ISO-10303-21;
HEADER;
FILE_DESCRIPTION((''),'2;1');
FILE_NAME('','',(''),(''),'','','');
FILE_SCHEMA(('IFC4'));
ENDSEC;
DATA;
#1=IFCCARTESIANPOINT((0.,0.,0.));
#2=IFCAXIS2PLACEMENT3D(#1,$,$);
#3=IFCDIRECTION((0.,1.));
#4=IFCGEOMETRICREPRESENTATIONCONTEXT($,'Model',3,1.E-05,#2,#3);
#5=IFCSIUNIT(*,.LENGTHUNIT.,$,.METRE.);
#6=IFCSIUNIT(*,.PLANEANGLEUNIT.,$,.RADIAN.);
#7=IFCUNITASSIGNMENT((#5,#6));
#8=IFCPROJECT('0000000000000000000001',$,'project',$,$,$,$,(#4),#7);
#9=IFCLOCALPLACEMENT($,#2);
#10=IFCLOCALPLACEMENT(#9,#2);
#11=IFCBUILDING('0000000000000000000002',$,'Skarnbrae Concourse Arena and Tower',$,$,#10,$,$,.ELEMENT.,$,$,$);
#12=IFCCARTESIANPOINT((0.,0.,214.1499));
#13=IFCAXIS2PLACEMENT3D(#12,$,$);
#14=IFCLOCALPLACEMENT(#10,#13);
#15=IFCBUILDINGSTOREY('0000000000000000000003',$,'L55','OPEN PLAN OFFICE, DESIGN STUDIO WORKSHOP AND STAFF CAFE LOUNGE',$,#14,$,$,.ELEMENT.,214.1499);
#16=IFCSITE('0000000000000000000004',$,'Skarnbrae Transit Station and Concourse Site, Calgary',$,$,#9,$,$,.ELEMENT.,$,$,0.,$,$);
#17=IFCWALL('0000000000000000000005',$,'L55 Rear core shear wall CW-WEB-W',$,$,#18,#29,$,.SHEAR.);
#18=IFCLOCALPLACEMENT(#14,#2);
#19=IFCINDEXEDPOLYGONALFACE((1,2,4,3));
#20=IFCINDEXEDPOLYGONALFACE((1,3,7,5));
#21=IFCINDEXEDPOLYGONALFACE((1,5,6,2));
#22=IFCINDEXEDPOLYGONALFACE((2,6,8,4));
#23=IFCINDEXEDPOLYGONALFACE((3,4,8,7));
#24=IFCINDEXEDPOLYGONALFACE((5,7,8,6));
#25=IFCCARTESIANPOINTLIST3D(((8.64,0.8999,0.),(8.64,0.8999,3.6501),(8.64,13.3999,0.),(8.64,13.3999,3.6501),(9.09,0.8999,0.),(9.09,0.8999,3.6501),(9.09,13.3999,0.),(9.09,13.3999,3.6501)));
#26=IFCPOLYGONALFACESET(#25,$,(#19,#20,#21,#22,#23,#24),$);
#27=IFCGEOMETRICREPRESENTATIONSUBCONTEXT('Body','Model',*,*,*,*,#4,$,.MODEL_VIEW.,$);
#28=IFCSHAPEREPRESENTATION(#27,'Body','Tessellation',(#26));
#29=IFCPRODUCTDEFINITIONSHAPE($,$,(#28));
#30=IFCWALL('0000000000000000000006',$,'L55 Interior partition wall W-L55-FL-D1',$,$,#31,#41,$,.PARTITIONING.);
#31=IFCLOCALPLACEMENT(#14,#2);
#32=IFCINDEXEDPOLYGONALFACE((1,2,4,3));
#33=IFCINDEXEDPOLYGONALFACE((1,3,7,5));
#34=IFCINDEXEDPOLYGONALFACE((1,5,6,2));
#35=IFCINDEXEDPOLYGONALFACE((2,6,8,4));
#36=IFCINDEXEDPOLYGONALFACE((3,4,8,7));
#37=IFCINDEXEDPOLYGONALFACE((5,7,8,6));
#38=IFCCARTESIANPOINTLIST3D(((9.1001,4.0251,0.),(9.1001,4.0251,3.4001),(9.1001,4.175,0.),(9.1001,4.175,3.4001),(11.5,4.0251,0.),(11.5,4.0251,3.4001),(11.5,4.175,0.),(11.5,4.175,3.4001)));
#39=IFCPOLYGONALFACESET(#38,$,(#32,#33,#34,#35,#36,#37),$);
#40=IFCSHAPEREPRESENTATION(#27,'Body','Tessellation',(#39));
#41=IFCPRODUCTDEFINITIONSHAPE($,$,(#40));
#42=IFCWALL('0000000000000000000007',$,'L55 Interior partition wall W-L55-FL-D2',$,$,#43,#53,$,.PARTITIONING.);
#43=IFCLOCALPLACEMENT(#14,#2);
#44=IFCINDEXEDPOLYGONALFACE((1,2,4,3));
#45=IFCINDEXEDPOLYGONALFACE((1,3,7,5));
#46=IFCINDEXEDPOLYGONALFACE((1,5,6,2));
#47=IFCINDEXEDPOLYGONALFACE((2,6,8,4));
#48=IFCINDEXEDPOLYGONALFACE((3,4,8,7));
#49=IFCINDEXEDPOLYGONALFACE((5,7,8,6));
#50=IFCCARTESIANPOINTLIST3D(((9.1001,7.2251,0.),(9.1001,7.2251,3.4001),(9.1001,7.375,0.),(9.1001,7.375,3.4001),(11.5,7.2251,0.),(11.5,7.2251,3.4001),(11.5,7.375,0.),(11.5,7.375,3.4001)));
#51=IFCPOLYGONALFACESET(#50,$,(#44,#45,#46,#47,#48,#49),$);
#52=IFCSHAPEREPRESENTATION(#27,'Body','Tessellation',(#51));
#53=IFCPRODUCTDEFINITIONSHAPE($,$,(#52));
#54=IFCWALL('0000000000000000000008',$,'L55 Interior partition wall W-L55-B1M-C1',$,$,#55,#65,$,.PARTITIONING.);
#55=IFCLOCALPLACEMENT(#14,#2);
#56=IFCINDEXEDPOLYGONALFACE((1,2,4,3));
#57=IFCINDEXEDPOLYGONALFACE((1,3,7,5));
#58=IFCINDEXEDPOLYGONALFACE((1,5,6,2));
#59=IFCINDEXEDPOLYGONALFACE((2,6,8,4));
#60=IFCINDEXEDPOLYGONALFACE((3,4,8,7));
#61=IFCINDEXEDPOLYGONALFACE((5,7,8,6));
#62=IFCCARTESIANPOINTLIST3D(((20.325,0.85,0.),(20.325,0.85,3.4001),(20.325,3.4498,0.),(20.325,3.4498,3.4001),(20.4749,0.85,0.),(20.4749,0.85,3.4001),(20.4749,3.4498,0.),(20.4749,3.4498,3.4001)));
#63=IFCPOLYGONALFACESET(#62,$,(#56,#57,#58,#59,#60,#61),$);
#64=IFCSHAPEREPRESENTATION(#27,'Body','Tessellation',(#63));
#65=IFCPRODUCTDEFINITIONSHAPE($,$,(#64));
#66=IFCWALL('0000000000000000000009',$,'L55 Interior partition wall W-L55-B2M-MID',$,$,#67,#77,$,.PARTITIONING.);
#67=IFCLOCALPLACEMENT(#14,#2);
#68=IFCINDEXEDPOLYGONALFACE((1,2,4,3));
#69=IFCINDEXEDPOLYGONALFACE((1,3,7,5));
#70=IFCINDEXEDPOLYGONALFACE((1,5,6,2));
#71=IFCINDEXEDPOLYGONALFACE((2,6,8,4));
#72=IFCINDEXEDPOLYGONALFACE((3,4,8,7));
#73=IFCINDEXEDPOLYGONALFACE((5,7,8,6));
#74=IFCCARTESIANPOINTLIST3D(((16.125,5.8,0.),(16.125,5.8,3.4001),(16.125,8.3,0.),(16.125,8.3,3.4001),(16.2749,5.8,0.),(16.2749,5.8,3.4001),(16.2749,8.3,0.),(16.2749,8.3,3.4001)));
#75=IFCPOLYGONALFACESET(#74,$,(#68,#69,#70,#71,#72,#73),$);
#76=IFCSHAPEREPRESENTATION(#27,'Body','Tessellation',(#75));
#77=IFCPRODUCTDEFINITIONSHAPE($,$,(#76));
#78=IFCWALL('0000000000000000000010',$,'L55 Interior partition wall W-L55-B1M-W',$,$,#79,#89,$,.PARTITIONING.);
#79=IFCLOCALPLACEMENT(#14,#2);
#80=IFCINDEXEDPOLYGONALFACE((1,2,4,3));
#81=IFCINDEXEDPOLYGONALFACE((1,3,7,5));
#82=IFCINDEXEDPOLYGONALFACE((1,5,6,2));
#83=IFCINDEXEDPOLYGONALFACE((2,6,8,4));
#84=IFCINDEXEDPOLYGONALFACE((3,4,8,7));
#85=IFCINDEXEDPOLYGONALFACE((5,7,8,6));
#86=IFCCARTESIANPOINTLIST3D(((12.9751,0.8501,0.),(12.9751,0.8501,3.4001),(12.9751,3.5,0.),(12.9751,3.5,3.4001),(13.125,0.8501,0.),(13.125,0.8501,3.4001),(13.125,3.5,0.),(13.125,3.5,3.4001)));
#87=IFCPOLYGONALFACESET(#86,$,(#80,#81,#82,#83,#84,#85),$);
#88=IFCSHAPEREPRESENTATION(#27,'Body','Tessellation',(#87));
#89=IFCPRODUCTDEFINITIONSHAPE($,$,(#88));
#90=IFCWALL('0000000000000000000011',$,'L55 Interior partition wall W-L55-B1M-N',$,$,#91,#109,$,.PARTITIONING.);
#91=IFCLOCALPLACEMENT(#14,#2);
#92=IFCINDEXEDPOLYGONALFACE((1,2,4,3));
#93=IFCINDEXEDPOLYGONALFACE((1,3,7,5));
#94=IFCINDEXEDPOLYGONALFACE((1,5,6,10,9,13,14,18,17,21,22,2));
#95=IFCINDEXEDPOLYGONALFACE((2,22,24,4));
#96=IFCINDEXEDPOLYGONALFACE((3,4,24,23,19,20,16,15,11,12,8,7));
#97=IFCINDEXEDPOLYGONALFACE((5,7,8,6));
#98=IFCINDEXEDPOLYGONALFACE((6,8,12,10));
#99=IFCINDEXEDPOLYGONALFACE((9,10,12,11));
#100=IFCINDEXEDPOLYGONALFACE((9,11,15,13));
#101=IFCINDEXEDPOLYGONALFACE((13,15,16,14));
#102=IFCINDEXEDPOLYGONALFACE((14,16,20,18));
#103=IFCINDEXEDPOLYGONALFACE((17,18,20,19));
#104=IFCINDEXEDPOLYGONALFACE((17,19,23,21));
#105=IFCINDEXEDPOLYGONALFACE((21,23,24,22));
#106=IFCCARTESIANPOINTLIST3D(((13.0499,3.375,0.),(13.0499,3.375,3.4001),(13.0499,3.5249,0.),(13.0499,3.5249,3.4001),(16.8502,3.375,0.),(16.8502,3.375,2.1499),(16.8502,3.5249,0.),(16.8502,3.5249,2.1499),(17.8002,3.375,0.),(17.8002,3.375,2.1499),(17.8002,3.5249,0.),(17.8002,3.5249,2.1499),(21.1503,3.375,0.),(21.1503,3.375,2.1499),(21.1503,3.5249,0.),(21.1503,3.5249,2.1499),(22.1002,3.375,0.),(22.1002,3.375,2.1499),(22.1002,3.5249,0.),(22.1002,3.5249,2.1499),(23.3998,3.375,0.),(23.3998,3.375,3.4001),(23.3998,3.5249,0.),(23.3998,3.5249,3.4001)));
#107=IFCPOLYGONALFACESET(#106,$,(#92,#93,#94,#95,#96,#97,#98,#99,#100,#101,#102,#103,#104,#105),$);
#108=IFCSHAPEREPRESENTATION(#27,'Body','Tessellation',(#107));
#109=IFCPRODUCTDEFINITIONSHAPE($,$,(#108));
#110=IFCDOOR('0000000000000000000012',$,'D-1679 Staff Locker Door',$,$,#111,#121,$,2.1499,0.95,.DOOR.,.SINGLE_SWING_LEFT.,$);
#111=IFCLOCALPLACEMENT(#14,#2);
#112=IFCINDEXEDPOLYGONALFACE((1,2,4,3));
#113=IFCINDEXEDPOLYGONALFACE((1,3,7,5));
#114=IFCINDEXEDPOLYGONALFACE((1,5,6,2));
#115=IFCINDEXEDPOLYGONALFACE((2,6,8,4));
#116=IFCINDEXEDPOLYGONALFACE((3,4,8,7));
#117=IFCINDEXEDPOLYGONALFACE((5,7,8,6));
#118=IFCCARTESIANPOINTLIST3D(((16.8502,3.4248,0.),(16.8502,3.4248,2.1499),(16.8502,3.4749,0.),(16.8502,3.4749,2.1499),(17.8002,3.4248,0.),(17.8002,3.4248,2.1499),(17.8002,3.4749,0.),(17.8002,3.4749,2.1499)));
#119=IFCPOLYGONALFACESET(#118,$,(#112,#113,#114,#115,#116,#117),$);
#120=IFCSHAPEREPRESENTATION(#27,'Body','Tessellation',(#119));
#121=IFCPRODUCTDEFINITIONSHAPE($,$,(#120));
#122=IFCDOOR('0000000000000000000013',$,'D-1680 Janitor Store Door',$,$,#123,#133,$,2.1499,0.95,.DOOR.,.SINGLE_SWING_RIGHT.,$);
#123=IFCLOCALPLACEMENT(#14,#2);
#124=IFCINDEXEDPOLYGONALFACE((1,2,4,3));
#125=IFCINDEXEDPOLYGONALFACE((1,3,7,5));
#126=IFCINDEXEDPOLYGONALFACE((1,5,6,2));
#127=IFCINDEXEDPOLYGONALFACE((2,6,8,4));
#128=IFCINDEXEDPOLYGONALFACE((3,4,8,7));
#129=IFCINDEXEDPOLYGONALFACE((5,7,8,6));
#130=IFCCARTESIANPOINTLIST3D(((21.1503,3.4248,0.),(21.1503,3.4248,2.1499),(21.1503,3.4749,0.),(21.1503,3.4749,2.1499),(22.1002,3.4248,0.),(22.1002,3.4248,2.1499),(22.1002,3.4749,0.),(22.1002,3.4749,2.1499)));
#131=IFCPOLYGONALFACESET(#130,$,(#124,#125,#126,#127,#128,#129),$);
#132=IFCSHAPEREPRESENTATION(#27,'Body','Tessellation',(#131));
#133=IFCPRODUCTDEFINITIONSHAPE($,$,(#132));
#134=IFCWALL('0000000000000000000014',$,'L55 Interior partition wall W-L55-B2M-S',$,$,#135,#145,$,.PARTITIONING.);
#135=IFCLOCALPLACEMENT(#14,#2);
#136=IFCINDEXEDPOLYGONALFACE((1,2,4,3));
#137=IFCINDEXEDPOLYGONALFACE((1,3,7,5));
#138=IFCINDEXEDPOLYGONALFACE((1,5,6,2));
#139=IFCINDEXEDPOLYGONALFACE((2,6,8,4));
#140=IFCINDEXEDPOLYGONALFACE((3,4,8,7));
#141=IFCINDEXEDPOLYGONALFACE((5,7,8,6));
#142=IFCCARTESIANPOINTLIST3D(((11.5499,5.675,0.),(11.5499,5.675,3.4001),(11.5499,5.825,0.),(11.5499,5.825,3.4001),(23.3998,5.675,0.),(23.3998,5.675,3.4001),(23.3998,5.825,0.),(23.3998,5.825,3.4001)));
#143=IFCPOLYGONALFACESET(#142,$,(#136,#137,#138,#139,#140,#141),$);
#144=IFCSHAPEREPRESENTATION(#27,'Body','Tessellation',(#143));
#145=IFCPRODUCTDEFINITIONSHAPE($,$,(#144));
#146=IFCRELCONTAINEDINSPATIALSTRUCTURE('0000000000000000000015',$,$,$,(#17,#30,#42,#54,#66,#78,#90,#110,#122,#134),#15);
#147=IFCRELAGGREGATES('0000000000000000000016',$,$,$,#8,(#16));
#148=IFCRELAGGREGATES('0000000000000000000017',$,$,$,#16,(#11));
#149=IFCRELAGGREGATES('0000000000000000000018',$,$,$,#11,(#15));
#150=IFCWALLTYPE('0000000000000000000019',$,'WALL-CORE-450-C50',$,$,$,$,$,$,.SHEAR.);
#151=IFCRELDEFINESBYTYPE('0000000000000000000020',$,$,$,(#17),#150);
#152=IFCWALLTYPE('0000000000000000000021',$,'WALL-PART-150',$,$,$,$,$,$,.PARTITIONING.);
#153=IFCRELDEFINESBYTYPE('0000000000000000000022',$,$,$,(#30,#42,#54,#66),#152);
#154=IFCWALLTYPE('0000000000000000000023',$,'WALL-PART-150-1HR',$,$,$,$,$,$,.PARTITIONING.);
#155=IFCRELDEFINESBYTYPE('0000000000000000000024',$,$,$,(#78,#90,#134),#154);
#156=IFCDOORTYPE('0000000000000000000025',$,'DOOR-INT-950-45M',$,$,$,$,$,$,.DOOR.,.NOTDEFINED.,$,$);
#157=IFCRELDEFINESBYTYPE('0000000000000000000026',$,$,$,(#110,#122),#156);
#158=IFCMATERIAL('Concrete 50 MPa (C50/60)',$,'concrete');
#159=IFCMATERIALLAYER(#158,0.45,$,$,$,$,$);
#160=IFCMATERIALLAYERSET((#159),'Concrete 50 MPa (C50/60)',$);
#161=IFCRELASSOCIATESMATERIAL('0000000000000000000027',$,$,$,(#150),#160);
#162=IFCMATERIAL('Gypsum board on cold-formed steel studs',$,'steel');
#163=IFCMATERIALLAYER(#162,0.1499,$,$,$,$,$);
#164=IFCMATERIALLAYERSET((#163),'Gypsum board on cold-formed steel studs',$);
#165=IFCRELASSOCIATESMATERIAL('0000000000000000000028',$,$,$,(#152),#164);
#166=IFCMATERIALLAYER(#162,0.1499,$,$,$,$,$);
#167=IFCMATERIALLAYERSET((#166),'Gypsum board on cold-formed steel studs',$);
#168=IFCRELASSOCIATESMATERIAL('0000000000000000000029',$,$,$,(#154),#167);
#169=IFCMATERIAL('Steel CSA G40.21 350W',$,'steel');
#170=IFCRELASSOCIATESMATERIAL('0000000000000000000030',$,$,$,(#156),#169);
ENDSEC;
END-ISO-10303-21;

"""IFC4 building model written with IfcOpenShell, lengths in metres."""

from ifc_helpers import new_model, si_unit, direction, frame, frame_2d, origin, place, context, subcontext, project, spatial, rectangle, extrude, source, transform, mapped, material, layer, layer_set, type_object, element, fill, save


model = new_model("IFC4")

# Units and contexts
model_context = context("Model", 3, precision=1e-05, world=origin(), true_north=direction((0.0, 1.0)))
body_context = subcontext(model_context, "Body", "Model", "MODEL_VIEW")
ifc_project = project(units=[si_unit("LENGTHUNIT", "METRE"), si_unit("PLANEANGLEUNIT", "RADIAN")], contexts=[model_context])

# Site, building, storey
site_placement = place(None, origin())
site = spatial("IfcSite", under=ifc_project, at=site_placement, Name="Skarnbrae Transit Station and Concourse Site, Calgary", CompositionType="ELEMENT", RefElevation=0.0)
building_placement = place(site_placement, origin())
building = spatial("IfcBuilding", under=site, at=building_placement, Name="Skarnbrae Concourse Arena and Tower", CompositionType="ELEMENT")
storey_placement = place(building_placement, frame((0.0, 0.0, 214.1499)))
storey = spatial("IfcBuildingStorey", under=building, at=storey_placement, Name="L55", Description="OPEN PLAN OFFICE, DESIGN STUDIO WORKSHOP AND STAFF CAFE LOUNGE", CompositionType="ELEMENT", Elevation=214.1499)

# Wall
ifc_material_1 = material(Name="Concrete 50 MPa (C50/60)", Category="concrete")
ifc_layer_1 = layer(ifc_material_1, 0.45)
ifc_layer_set_1 = layer_set([ifc_layer_1], Name="Concrete 50 MPa (C50/60)")
wall_type_1 = type_object("IfcWallType", Name="WALL-CORE-450-C50", PredefinedType="SHEAR", material=ifc_layer_set_1)
shared_shape_1 = source(origin(), body_context, "Body", "SweptSolid", [
    extrude(rectangle(XDim=12.5, YDim=0.45, at=frame_2d((6.25, 0.0))), origin(), (0.0, 0.0, 1.0), 3.6501),
])
wall_1_placement = place(storey_placement, frame((8.865, 0.8999, 0.0), z_axis=(0.0, 0.0, 1.0), x_axis=(0.0, 1.0, 0.0)))
element("IfcWall", 1, at=wall_1_placement, inside=storey, type_object=wall_type_1, Name="L55 Rear core shear wall CW-WEB-W", PredefinedType="SHEAR", context=body_context, shape_type="MappedRepresentation", body=[
    mapped(shared_shape_1, transform((0.0, 0.0, 0.0))),
])

# Shared definitions
ifc_material_2 = material(Name="Gypsum board on cold-formed steel studs", Category="steel")
ifc_material_3 = material(Name="Steel CSA G40.21 350W", Category="steel")

# Walls
ifc_layer_2 = layer(ifc_material_2, 0.1499)
ifc_layer_set_2 = layer_set([ifc_layer_2], Name="Gypsum board on cold-formed steel studs")
wall_type_2 = type_object("IfcWallType", Name="WALL-PART-150", PredefinedType="PARTITIONING", material=ifc_layer_set_2)
shared_shape_2 = source(origin(), body_context, "Body", "SweptSolid", [
    extrude(rectangle(XDim=2.3999, YDim=0.1499, at=frame_2d((1.2, 0.0))), origin(), (0.0, 0.0, 1.0), 3.4001),
])
for number, where, z_axis, x_axis, name in (
    (2, (9.1001, 4.1001, 0.0), (0.0, 0.0, 1.0), (1.0, 0.0, 0.0), "L55 Interior partition wall W-L55-FL-D1"),
    (3, (9.1001, 7.3, 0.0), (0.0, 0.0, 1.0), (1.0, 0.0, 0.0), "L55 Interior partition wall W-L55-FL-D2"),
):
    element("IfcWall", number, at=place(storey_placement, frame(where, z_axis=z_axis, x_axis=x_axis)), inside=storey, type_object=wall_type_2, Name=name, PredefinedType="PARTITIONING", context=body_context, shape_type="MappedRepresentation", body=[
        mapped(shared_shape_2, transform((0.0, 0.0, 0.0))),
    ])
shared_shape_3 = source(origin(), body_context, "Body", "SweptSolid", [
    extrude(rectangle(XDim=2.5999, YDim=0.1499, at=frame_2d((1.2998, 0.0))), origin(), (0.0, 0.0, 1.0), 3.4001),
])
wall_2_placement = place(storey_placement, frame((20.3999, 0.8501, 0.0), z_axis=(0.0, 0.0, 1.0), x_axis=(0.0, 1.0, 0.0)))
element("IfcWall", 4, at=wall_2_placement, inside=storey, type_object=wall_type_2, Name="L55 Interior partition wall W-L55-B1M-C1", PredefinedType="PARTITIONING", context=body_context, shape_type="MappedRepresentation", body=[
    mapped(shared_shape_3, transform((0.0, 0.0, 0.0))),
])
shared_shape_4 = source(origin(), body_context, "Body", "SweptSolid", [
    extrude(rectangle(XDim=2.5, YDim=0.1499, at=frame_2d((1.25, 0.0))), origin(), (0.0, 0.0, 1.0), 3.4001),
])
wall_3_placement = place(storey_placement, frame((16.2, 5.8, 0.0), z_axis=(0.0, 0.0, 1.0), x_axis=(0.0, 1.0, 0.0)))
element("IfcWall", 5, at=wall_3_placement, inside=storey, type_object=wall_type_2, Name="L55 Interior partition wall W-L55-B2M-MID", PredefinedType="PARTITIONING", context=body_context, shape_type="MappedRepresentation", body=[
    mapped(shared_shape_4, transform((0.0, 0.0, 0.0))),
])
ifc_layer_3 = layer(ifc_material_2, 0.1499)
ifc_layer_set_3 = layer_set([ifc_layer_3], Name="Gypsum board on cold-formed steel studs")
wall_type_3 = type_object("IfcWallType", Name="WALL-PART-150-1HR", PredefinedType="PARTITIONING", material=ifc_layer_set_3)
shared_shape_5 = source(origin(), body_context, "Body", "SweptSolid", [
    extrude(rectangle(XDim=2.6499, YDim=0.1499, at=frame_2d((1.325, 0.0))), origin(), (0.0, 0.0, 1.0), 3.4001),
])
wall_4_placement = place(storey_placement, frame((13.05, 0.8501, 0.0), z_axis=(0.0, 0.0, 1.0), x_axis=(0.0, 1.0, 0.0)))
element("IfcWall", 6, at=wall_4_placement, inside=storey, type_object=wall_type_3, Name="L55 Interior partition wall W-L55-B1M-W", PredefinedType="PARTITIONING", context=body_context, shape_type="MappedRepresentation", body=[
    mapped(shared_shape_5, transform((0.0, 0.0, 0.0))),
])

# Wall, openings, doors
shared_shape_6 = source(origin(), body_context, "Body", "SweptSolid", [
    extrude(rectangle(XDim=10.3499, YDim=0.1499, at=frame_2d((5.1748, 0.0))), origin(), (0.0, 0.0, 1.0), 3.4001),
])
wall_5_placement = place(storey_placement, frame((13.05, 3.45, 0.0), z_axis=(0.0, 0.0, 1.0), x_axis=(1.0, 0.0, 0.0)))
wall_5 = element("IfcWall", 7, at=wall_5_placement, inside=storey, type_object=wall_type_3, Name="L55 Interior partition wall W-L55-B1M-N", PredefinedType="PARTITIONING", context=body_context, shape_type="MappedRepresentation", body=[
    mapped(shared_shape_6, transform((0.0, 0.0, 0.0))),
])
opening_1_placement = place(wall_5_placement, frame((3.8, 0.0, 0.0)))
opening_1 = element("IfcOpeningElement", 8, at=opening_1_placement, cuts=wall_5, PredefinedType="OPENING", context=body_context, shape_type="SweptSolid", body=[
    extrude(rectangle(XDim=0.95, YDim=2.1499, at=frame_2d((0.4751, 1.075))), frame((0.0, 0.085, 0.0), z_axis=(0.0, -1.0, 0.0), x_axis=(1.0, 0.0, 0.0)), (0.0, 0.0, 1.0), 0.1699),
])
opening_2_placement = place(wall_5_placement, frame((8.1001, 0.0, 0.0)))
opening_2 = element("IfcOpeningElement", 9, at=opening_2_placement, cuts=wall_5, PredefinedType="OPENING", context=body_context, shape_type="SweptSolid", body=[
    extrude(rectangle(XDim=0.95, YDim=2.1499, at=frame_2d((0.4751, 1.075))), frame((0.0, 0.085, 0.0), z_axis=(0.0, -1.0, 0.0), x_axis=(1.0, 0.0, 0.0)), (0.0, 0.0, 1.0), 0.1699),
])
door_type_1 = type_object("IfcDoorType", Name="DOOR-INT-950-45M", OperationType="NOTDEFINED", PredefinedType="DOOR", material=ifc_material_3)
shared_shape_7 = source(origin(), body_context, "Body", "SweptSolid", [
    extrude(rectangle(XDim=0.95, YDim=2.1499, at=frame_2d((0.4751, 1.075))), frame((0.0, 0.0249, 0.0), z_axis=(0.0, -1.0, 0.0), x_axis=(1.0, 0.0, 0.0)), (0.0, 0.0, 1.0), 0.05),
])
door_1_placement = place(opening_1_placement, origin())
door_1 = element("IfcDoor", 10, at=door_1_placement, inside=storey, type_object=door_type_1, Name="D-1679 Staff Locker Door", OperationType="SINGLE_SWING_LEFT", OverallHeight=2.1499, OverallWidth=0.95, PredefinedType="DOOR", context=body_context, shape_type="MappedRepresentation", body=[
    mapped(shared_shape_7, transform((0.0, 0.0, 0.0))),
])
fill(opening_1, door_1)
door_2_placement = place(opening_2_placement, origin())
door_2 = element("IfcDoor", 11, at=door_2_placement, inside=storey, type_object=door_type_1, Name="D-1680 Janitor Store Door", OperationType="SINGLE_SWING_RIGHT", OverallHeight=2.1499, OverallWidth=0.95, PredefinedType="DOOR", context=body_context, shape_type="MappedRepresentation", body=[
    mapped(shared_shape_7, transform((0.0, 0.0, 0.0))),
])
fill(opening_2, door_2)

# Wall
shared_shape_8 = source(origin(), body_context, "Body", "SweptSolid", [
    extrude(rectangle(XDim=11.8499, YDim=0.1499, at=frame_2d((5.9248, 0.0))), origin(), (0.0, 0.0, 1.0), 3.4001),
])
wall_6_placement = place(storey_placement, frame((11.55, 5.75, 0.0), z_axis=(0.0, 0.0, 1.0), x_axis=(1.0, 0.0, 0.0)))
element("IfcWall", 12, at=wall_6_placement, inside=storey, type_object=wall_type_3, Name="L55 Interior partition wall W-L55-B2M-S", PredefinedType="PARTITIONING", context=body_context, shape_type="MappedRepresentation", body=[
    mapped(shared_shape_8, transform((0.0, 0.0, 0.0))),
])

save(model, "model.ifc")
